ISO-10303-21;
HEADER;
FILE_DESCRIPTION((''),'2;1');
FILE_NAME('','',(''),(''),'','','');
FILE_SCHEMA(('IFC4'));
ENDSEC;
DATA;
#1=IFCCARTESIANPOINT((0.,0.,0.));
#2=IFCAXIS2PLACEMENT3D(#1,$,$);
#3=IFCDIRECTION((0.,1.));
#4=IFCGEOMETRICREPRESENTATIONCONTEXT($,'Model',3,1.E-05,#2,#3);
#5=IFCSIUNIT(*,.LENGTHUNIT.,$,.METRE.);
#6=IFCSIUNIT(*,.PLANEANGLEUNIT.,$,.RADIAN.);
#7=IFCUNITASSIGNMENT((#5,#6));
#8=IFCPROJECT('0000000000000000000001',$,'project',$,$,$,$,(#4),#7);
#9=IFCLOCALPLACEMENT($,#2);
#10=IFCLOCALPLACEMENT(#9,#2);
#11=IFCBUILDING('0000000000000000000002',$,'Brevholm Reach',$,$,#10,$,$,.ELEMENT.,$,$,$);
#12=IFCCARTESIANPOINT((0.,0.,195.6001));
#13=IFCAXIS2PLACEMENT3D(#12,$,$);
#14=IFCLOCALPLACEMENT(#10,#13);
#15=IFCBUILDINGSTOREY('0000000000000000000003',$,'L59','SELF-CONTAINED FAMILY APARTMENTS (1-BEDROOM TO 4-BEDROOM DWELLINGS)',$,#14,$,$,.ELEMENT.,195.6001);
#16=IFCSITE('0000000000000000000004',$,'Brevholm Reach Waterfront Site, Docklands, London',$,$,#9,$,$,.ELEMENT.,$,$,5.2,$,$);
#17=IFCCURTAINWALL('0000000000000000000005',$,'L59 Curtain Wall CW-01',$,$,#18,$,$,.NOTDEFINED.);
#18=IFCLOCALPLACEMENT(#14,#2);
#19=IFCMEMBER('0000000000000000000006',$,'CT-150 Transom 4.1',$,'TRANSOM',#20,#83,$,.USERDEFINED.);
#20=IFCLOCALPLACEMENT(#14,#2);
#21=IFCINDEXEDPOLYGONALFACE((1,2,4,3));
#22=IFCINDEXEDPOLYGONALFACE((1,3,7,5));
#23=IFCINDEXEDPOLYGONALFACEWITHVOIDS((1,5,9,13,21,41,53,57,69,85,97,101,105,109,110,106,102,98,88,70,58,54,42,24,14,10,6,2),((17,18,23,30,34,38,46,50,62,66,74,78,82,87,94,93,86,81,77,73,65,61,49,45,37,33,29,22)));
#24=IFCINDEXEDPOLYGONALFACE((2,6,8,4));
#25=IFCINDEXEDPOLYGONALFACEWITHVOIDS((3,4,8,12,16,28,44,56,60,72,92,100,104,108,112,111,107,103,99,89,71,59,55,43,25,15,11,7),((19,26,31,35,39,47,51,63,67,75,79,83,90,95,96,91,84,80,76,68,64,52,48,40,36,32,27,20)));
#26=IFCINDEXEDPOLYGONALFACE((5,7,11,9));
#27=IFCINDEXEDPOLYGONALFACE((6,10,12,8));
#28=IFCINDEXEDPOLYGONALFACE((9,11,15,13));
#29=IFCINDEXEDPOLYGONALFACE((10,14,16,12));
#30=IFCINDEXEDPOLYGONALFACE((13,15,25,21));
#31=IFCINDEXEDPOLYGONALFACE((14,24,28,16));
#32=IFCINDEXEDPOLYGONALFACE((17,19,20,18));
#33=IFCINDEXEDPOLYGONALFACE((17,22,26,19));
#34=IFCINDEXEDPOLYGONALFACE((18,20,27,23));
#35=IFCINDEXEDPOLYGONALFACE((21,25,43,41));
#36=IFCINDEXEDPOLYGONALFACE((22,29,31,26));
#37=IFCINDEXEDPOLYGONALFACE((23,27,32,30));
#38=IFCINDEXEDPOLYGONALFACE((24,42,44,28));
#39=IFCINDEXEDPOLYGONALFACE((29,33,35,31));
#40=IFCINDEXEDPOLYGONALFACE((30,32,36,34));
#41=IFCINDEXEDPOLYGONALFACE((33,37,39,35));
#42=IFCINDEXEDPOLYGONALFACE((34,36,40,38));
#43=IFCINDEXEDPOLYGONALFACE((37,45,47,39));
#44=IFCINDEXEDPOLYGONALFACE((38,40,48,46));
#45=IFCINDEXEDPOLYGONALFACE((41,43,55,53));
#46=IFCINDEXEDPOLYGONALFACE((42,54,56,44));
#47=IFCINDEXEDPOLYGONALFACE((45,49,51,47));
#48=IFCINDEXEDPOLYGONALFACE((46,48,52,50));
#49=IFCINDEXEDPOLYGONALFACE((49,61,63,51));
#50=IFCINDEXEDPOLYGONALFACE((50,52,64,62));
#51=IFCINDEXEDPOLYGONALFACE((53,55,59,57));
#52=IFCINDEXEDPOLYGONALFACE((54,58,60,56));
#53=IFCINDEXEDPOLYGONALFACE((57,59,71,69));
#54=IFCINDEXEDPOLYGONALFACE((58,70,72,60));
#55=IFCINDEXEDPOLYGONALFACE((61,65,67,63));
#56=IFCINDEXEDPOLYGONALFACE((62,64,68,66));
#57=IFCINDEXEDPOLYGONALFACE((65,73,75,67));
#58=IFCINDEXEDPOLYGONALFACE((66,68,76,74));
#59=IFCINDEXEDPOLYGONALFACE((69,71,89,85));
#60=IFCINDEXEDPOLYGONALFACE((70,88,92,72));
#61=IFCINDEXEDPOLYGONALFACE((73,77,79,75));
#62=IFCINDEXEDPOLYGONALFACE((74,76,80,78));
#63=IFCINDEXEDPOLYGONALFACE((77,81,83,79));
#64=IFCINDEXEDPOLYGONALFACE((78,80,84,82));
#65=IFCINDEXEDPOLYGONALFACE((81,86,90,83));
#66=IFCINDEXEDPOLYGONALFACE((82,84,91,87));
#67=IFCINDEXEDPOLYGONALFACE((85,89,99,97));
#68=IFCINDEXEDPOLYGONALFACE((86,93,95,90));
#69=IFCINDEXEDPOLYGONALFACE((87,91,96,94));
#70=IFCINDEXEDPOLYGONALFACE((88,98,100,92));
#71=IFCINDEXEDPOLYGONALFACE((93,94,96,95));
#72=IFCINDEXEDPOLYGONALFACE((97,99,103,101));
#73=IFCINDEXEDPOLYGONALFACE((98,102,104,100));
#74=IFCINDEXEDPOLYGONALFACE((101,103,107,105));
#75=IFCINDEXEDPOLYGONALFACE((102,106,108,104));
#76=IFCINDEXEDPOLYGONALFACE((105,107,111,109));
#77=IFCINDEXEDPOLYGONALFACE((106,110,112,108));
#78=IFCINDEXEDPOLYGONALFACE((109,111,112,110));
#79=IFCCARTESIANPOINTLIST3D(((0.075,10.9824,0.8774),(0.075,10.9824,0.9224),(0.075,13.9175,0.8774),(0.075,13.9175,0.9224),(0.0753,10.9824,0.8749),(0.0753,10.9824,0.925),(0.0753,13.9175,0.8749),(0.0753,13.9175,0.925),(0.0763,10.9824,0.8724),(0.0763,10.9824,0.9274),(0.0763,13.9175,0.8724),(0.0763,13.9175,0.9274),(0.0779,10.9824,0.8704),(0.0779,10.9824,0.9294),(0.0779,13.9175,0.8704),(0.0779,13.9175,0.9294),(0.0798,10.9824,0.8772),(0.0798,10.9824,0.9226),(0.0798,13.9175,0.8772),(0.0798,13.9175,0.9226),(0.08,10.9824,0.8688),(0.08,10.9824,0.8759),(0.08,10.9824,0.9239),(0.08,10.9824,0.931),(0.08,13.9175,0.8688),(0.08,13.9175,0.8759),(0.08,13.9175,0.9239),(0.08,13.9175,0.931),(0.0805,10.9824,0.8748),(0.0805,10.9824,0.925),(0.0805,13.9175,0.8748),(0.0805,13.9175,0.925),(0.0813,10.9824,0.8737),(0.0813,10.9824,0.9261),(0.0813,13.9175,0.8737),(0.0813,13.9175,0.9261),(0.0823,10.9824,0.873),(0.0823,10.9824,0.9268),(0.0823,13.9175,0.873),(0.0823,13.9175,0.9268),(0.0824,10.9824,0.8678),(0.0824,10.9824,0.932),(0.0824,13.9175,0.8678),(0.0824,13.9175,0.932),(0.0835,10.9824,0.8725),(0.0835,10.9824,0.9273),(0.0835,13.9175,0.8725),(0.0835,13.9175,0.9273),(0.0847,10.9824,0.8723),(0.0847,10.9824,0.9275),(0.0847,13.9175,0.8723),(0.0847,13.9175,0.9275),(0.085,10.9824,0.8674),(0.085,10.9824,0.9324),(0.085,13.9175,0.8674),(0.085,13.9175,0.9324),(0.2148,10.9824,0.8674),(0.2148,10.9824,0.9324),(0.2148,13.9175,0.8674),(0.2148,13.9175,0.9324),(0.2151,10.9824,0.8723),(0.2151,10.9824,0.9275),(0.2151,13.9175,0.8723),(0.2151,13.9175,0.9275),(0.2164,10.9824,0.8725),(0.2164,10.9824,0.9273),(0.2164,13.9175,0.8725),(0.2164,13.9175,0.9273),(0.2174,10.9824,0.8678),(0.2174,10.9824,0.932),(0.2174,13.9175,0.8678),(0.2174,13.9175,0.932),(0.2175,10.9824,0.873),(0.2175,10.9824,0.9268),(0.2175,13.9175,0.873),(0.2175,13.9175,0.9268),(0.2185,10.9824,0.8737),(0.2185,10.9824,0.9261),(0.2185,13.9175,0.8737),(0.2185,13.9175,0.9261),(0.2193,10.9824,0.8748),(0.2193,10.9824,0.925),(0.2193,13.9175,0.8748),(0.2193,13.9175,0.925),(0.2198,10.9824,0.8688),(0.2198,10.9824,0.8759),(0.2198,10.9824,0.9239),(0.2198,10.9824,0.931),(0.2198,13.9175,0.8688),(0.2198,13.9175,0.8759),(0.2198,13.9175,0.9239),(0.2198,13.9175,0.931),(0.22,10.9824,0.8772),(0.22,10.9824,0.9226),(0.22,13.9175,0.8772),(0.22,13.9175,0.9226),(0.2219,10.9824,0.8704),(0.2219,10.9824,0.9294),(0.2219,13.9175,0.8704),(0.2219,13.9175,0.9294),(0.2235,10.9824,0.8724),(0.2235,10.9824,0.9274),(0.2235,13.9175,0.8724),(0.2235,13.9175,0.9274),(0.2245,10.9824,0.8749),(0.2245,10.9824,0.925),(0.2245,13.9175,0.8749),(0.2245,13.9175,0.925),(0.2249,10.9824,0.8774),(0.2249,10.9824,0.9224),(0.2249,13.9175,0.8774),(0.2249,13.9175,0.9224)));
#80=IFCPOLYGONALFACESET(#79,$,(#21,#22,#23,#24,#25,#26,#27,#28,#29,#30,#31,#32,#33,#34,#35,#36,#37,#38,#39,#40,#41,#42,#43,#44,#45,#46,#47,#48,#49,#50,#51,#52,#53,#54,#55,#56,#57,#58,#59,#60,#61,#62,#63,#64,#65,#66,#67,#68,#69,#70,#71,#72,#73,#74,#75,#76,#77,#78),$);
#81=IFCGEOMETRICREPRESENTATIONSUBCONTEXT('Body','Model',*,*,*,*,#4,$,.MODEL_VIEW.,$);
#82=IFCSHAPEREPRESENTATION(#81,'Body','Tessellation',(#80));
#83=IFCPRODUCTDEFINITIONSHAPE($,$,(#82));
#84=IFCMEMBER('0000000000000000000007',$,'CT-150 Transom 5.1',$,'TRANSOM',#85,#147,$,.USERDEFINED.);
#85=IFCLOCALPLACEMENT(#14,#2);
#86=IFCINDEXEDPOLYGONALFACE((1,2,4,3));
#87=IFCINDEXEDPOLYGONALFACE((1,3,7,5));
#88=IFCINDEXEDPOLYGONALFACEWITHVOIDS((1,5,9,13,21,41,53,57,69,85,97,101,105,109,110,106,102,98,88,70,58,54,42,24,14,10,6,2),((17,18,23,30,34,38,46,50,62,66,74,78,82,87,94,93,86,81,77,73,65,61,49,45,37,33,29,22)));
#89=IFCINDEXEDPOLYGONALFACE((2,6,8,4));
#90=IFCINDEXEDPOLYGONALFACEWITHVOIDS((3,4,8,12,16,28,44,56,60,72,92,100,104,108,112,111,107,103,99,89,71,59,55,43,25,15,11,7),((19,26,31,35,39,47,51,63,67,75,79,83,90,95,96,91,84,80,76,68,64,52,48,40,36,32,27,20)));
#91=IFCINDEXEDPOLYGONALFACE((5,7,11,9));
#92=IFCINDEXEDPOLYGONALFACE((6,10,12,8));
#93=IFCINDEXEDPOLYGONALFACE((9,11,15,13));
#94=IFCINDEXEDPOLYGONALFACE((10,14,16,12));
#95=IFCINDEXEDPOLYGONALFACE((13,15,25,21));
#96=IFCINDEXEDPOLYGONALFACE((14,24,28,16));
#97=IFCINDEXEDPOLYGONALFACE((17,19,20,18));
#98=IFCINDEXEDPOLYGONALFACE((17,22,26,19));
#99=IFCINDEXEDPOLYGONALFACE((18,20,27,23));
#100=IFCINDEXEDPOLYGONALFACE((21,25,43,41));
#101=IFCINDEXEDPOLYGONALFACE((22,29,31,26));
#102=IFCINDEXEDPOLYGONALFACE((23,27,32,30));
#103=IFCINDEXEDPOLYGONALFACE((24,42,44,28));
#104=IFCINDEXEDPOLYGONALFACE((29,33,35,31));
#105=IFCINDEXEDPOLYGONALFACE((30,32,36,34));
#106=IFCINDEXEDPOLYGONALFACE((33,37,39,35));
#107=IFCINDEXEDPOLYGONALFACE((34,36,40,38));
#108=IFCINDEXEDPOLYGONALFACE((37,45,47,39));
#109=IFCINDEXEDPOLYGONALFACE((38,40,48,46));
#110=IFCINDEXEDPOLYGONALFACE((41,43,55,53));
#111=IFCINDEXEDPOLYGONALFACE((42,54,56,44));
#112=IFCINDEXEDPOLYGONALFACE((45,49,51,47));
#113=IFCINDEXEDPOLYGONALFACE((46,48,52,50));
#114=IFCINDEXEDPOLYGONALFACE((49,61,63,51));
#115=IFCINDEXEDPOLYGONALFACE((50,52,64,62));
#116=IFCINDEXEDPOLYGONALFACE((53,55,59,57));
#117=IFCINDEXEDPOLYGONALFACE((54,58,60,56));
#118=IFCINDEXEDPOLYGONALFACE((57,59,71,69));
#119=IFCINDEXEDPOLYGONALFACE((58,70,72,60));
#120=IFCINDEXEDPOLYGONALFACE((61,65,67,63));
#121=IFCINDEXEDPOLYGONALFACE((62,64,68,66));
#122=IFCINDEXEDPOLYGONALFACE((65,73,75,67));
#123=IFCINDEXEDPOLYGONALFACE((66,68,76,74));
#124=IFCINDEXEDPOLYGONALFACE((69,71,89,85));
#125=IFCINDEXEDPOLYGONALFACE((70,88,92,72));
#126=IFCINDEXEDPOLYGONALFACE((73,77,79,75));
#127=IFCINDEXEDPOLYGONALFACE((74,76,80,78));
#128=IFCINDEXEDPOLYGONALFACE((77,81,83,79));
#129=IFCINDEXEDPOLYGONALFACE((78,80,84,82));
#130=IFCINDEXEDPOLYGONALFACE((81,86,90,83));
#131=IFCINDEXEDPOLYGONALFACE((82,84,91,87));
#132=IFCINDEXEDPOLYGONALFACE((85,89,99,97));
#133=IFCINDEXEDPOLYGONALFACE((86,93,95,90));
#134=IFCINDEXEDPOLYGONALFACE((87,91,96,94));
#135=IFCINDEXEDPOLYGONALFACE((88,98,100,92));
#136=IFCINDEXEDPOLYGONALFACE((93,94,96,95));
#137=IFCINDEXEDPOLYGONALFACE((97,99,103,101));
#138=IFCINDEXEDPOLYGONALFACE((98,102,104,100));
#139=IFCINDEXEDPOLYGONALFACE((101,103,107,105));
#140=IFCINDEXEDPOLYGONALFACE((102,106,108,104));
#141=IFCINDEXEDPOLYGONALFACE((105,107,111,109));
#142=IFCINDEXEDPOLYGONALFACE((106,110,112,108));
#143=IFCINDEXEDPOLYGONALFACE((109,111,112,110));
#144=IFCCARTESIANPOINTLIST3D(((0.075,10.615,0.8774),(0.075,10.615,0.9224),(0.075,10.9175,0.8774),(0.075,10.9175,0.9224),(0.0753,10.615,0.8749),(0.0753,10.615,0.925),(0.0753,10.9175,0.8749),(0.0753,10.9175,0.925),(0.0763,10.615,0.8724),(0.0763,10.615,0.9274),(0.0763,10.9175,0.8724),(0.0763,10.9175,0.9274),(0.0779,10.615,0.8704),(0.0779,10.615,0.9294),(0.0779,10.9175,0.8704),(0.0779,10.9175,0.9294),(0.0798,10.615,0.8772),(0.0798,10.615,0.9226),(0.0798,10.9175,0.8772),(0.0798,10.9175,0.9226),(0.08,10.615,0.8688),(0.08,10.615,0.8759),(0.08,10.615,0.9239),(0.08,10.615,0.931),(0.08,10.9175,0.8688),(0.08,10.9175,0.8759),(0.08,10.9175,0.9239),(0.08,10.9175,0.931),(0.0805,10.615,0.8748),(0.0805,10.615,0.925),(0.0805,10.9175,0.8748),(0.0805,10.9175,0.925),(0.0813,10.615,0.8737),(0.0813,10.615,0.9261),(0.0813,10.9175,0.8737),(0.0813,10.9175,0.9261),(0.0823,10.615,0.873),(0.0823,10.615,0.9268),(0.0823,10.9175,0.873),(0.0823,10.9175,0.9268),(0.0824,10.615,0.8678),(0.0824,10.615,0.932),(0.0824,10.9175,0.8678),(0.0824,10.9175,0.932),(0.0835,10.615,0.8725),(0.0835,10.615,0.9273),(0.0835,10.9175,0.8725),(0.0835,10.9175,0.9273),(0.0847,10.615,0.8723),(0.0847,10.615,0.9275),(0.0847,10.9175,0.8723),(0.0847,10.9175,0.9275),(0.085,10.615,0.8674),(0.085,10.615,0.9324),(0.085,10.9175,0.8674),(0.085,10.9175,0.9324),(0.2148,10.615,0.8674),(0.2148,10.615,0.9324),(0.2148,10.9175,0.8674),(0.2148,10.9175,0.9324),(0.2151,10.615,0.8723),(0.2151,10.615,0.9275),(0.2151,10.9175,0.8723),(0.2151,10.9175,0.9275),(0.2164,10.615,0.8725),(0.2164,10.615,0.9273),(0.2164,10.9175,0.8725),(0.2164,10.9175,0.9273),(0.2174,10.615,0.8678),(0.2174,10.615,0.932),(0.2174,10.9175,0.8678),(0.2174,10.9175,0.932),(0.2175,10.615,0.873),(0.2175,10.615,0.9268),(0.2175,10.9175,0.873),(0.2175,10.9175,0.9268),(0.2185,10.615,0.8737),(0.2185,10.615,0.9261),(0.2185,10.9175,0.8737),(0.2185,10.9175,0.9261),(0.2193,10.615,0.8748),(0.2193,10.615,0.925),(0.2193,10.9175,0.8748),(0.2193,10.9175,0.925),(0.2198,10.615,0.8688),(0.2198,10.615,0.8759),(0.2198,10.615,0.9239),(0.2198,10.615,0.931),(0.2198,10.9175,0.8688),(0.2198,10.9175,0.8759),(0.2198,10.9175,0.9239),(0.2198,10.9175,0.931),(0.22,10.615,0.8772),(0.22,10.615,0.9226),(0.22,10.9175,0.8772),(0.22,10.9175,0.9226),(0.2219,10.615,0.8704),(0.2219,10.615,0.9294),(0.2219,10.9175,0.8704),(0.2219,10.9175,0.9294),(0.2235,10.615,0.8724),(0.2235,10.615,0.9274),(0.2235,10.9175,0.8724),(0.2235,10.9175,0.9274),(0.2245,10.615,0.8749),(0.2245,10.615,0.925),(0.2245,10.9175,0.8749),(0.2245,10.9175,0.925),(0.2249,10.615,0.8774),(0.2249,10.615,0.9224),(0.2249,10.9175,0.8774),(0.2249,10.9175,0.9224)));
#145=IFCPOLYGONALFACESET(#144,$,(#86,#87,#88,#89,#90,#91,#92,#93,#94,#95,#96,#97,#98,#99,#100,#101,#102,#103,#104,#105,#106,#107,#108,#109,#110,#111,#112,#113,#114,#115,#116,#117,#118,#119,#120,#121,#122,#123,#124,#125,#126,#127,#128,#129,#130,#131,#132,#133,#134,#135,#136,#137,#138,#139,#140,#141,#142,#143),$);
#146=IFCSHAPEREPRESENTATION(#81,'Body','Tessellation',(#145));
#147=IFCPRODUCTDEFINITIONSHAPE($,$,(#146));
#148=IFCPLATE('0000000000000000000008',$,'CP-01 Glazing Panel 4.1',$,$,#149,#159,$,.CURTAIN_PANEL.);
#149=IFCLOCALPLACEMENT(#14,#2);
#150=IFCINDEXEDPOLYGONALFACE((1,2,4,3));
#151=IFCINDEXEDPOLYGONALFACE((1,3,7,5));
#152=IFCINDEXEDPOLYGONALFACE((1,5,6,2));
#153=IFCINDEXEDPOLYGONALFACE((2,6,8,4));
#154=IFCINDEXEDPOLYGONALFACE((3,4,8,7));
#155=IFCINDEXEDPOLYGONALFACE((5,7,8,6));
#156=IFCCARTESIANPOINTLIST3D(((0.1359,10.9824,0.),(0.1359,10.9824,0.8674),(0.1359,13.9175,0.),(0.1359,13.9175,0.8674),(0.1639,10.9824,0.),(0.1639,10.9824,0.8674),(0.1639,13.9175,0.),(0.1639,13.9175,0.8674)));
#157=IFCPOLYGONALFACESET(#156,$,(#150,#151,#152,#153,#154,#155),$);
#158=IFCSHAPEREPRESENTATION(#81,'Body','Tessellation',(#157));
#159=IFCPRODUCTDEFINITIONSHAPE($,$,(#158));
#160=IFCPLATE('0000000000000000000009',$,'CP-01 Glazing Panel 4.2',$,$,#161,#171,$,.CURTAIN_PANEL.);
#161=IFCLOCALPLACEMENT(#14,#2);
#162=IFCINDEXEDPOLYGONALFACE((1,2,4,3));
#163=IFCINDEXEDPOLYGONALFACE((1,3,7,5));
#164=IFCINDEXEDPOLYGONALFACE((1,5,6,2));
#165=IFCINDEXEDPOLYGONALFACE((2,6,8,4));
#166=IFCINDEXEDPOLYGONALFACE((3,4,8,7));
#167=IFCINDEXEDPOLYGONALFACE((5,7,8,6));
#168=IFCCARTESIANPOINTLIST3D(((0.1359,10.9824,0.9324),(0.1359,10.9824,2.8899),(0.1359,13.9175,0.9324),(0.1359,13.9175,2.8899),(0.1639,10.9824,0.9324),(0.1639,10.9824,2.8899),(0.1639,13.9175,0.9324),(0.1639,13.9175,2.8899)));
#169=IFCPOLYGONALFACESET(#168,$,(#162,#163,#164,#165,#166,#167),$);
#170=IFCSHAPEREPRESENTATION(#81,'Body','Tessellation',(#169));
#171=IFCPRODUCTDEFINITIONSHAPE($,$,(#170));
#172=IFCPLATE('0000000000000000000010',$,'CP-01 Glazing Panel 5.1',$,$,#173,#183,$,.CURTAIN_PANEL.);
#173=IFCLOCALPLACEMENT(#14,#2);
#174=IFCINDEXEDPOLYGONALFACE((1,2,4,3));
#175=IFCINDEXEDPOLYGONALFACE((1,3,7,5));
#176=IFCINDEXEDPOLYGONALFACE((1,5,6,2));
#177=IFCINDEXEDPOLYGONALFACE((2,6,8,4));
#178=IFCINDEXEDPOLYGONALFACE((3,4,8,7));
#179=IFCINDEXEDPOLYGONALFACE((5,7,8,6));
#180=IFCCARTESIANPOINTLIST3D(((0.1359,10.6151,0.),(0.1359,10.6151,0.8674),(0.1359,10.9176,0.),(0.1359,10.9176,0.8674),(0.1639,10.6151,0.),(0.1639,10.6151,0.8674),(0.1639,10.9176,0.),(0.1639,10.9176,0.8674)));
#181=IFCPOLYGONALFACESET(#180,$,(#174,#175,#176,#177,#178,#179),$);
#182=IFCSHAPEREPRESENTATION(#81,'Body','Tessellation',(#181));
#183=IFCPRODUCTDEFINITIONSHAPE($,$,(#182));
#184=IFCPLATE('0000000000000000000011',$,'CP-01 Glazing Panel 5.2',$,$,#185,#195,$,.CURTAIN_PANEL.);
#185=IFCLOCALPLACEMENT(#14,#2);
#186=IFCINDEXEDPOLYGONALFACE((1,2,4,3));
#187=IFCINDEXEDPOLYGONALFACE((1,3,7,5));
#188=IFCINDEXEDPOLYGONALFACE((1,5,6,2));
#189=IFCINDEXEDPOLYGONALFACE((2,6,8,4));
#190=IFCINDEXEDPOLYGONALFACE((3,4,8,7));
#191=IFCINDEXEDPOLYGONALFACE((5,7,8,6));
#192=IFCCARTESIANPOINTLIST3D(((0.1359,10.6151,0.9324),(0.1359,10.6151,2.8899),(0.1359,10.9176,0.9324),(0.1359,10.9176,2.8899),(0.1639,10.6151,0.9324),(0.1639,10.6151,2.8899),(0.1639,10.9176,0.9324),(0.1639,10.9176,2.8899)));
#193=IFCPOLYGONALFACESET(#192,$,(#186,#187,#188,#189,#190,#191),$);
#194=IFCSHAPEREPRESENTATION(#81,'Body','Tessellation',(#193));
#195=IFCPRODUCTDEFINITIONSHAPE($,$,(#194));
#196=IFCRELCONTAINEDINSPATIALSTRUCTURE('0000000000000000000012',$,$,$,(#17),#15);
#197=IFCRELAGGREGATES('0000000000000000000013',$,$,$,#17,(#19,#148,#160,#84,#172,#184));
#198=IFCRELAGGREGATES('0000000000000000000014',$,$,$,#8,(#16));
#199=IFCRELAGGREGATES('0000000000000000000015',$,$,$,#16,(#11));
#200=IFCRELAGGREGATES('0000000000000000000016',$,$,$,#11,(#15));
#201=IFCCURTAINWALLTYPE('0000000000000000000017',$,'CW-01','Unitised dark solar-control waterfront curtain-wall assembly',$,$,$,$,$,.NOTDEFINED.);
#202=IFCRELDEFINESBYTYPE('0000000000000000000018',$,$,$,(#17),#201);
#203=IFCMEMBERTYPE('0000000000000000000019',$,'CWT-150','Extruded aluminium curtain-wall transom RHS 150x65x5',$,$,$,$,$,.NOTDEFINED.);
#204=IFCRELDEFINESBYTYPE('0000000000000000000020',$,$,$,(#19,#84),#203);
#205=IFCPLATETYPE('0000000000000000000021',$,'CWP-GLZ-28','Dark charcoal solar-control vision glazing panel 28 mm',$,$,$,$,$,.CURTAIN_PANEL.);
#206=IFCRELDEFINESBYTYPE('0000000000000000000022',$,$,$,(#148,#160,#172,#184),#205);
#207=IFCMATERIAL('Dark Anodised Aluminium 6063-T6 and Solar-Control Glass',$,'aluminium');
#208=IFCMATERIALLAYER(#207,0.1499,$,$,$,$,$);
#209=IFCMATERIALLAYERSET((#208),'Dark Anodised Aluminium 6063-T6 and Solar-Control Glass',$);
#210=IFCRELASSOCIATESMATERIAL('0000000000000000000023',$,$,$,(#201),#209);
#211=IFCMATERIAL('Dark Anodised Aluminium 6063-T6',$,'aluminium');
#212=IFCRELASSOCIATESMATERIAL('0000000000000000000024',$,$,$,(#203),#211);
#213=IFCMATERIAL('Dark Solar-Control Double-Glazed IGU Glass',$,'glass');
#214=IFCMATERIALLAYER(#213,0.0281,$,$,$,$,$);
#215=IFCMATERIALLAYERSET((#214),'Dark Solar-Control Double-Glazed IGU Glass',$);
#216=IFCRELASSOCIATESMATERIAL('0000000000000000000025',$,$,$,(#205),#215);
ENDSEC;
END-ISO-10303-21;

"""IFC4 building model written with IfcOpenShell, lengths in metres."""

from ifc_helpers import new_model, si_unit, direction, frame, origin, origin_2d, place, context, subcontext, project, spatial, rectangle, hollow_rectangle, extrude, material, layer, layer_set, material_profile, profile_set, type_object, element, aggregate, save


model = new_model("IFC4")

# Units and contexts
model_context = context("Model", 3, precision=1e-05, world=origin(), true_north=direction((0.0, 1.0)))
body_context = subcontext(model_context, "Body", "Model", "MODEL_VIEW")
ifc_project = project(units=[si_unit("LENGTHUNIT", "METRE"), si_unit("PLANEANGLEUNIT", "RADIAN")], contexts=[model_context])

# Site, building, storey
site_placement = place(None, origin())
site = spatial("IfcSite", under=ifc_project, at=site_placement, Name="Brevholm Reach Waterfront Site, Docklands, London", CompositionType="ELEMENT", RefElevation=5.2)
building_placement = place(site_placement, origin())
building = spatial("IfcBuilding", under=site, at=building_placement, Name="Brevholm Reach", CompositionType="ELEMENT")
storey_placement = place(building_placement, frame((0.0, 0.0, 195.6001)))
storey = spatial("IfcBuildingStorey", under=building, at=storey_placement, Name="L59", Description="SELF-CONTAINED FAMILY APARTMENTS (1-BEDROOM TO 4-BEDROOM DWELLINGS)", CompositionType="ELEMENT", Elevation=195.6001)

# Curtain wall, members, plates
ifc_material_1 = material(Name="Dark Anodised Aluminium 6063-T6 and Solar-Control Glass", Category="aluminium")
ifc_layer_1 = layer(ifc_material_1, 0.1499)
ifc_layer_set_1 = layer_set([ifc_layer_1], Name="Dark Anodised Aluminium 6063-T6 and Solar-Control Glass")
curtain_wall_type = type_object("IfcCurtainWallType", Name="CW-01", Description="Unitised dark solar-control waterfront curtain-wall assembly", PredefinedType="NOTDEFINED", material=ifc_layer_set_1)
curtain_wall_placement = place(storey_placement, origin())
curtain_wall = element("IfcCurtainWall", 1, at=curtain_wall_placement, inside=storey, type_object=curtain_wall_type, Name="L59 Curtain Wall CW-01", PredefinedType="NOTDEFINED")
ifc_material_2 = material(Name="Dark Anodised Aluminium 6063-T6", Category="aluminium")
ifc_material_profile_1 = material_profile(ifc_material_2, hollow_rectangle(XDim=0.0649, YDim=0.1499, WallThickness=0.0049, InnerFilletRadius=0.0049, OuterFilletRadius=0.01, at=origin_2d()), Name="RHS 150x65x5")
ifc_profile_set_1 = profile_set([ifc_material_profile_1], Name="Dark Anodised Aluminium 6063-T6")
member_type_1 = type_object("IfcMemberType", Name="CWT-150", Description="Extruded aluminium curtain-wall transom RHS 150x65x5", PredefinedType="NOTDEFINED", material=ifc_profile_set_1)
member_1_placement = place(storey_placement, frame((0.1499, 13.9175, 0.8999), z_axis=(0.0, -1.0, 0.0), x_axis=(0.0, 0.0, 1.0)))
member_1 = element("IfcMember", 2, at=member_1_placement, type_object=member_type_1, Name="CT-150 Transom 4.1", ObjectType="TRANSOM", PredefinedType="USERDEFINED", context=body_context, shape_type="SweptSolid", body=[
    extrude(hollow_rectangle(XDim=0.0649, YDim=0.1499, WallThickness=0.0049, InnerFilletRadius=0.0049, OuterFilletRadius=0.01, at=origin_2d()), origin(), (0.0, 0.0, 1.0), 2.9351),
])
member_2_placement = place(storey_placement, frame((0.1499, 10.9175, 0.8999), z_axis=(0.0, -1.0, 0.0), x_axis=(0.0, 0.0, 1.0)))
member_2 = element("IfcMember", 3, at=member_2_placement, type_object=member_type_1, Name="CT-150 Transom 5.1", ObjectType="TRANSOM", PredefinedType="USERDEFINED", context=body_context, shape_type="SweptSolid", body=[
    extrude(hollow_rectangle(XDim=0.0649, YDim=0.1499, WallThickness=0.0049, InnerFilletRadius=0.0049, OuterFilletRadius=0.01, at=origin_2d()), origin(), (0.0, 0.0, 1.0), 0.3025),
])
ifc_material_3 = material(Name="Dark Solar-Control Double-Glazed IGU Glass", Category="glass")
ifc_layer_2 = layer(ifc_material_3, 0.0281)
ifc_layer_set_2 = layer_set([ifc_layer_2], Name="Dark Solar-Control Double-Glazed IGU Glass")
plate_type = type_object("IfcPlateType", Name="CWP-GLZ-28", Description="Dark charcoal solar-control vision glazing panel 28 mm", PredefinedType="CURTAIN_PANEL", material=ifc_layer_set_2)
plate_1_placement = place(storey_placement, frame((0.1499, 12.45, 0.0), z_axis=(0.0, 0.0, 1.0), x_axis=(0.0, -1.0, 0.0)))
plate_1 = element("IfcPlate", 4, at=plate_1_placement, type_object=plate_type, Name="CP-01 Glazing Panel 4.1", PredefinedType="CURTAIN_PANEL", context=body_context, shape_type="SweptSolid", body=[
    extrude(rectangle(XDim=2.9351, YDim=0.0281, at=origin_2d()), origin(), (0.0, 0.0, 1.0), 0.8674),
])
plate_2_placement = place(storey_placement, frame((0.1499, 12.45, 0.9324), z_axis=(0.0, 0.0, 1.0), x_axis=(0.0, -1.0, 0.0)))
plate_2 = element("IfcPlate", 5, at=plate_2_placement, type_object=plate_type, Name="CP-01 Glazing Panel 4.2", PredefinedType="CURTAIN_PANEL", context=body_context, shape_type="SweptSolid", body=[
    extrude(rectangle(XDim=2.9351, YDim=0.0281, at=origin_2d()), origin(), (0.0, 0.0, 1.0), 1.9575),
])
plate_3_placement = place(storey_placement, frame((0.1499, 10.7664, 0.0), z_axis=(0.0, 0.0, 1.0), x_axis=(0.0, -1.0, 0.0)))
plate_3 = element("IfcPlate", 6, at=plate_3_placement, type_object=plate_type, Name="CP-01 Glazing Panel 5.1", PredefinedType="CURTAIN_PANEL", context=body_context, shape_type="SweptSolid", body=[
    extrude(rectangle(XDim=0.3025, YDim=0.0281, at=origin_2d()), origin(), (0.0, 0.0, 1.0), 0.8674),
])
plate_4_placement = place(storey_placement, frame((0.1499, 10.7664, 0.9324), z_axis=(0.0, 0.0, 1.0), x_axis=(0.0, -1.0, 0.0)))
plate_4 = element("IfcPlate", 7, at=plate_4_placement, type_object=plate_type, Name="CP-01 Glazing Panel 5.2", PredefinedType="CURTAIN_PANEL", context=body_context, shape_type="SweptSolid", body=[
    extrude(rectangle(XDim=0.3025, YDim=0.0281, at=origin_2d()), origin(), (0.0, 0.0, 1.0), 1.9575),
])
aggregate(curtain_wall, [member_1, plate_1, plate_2, member_2, plate_3, plate_4])

save(model, "model.ifc")
